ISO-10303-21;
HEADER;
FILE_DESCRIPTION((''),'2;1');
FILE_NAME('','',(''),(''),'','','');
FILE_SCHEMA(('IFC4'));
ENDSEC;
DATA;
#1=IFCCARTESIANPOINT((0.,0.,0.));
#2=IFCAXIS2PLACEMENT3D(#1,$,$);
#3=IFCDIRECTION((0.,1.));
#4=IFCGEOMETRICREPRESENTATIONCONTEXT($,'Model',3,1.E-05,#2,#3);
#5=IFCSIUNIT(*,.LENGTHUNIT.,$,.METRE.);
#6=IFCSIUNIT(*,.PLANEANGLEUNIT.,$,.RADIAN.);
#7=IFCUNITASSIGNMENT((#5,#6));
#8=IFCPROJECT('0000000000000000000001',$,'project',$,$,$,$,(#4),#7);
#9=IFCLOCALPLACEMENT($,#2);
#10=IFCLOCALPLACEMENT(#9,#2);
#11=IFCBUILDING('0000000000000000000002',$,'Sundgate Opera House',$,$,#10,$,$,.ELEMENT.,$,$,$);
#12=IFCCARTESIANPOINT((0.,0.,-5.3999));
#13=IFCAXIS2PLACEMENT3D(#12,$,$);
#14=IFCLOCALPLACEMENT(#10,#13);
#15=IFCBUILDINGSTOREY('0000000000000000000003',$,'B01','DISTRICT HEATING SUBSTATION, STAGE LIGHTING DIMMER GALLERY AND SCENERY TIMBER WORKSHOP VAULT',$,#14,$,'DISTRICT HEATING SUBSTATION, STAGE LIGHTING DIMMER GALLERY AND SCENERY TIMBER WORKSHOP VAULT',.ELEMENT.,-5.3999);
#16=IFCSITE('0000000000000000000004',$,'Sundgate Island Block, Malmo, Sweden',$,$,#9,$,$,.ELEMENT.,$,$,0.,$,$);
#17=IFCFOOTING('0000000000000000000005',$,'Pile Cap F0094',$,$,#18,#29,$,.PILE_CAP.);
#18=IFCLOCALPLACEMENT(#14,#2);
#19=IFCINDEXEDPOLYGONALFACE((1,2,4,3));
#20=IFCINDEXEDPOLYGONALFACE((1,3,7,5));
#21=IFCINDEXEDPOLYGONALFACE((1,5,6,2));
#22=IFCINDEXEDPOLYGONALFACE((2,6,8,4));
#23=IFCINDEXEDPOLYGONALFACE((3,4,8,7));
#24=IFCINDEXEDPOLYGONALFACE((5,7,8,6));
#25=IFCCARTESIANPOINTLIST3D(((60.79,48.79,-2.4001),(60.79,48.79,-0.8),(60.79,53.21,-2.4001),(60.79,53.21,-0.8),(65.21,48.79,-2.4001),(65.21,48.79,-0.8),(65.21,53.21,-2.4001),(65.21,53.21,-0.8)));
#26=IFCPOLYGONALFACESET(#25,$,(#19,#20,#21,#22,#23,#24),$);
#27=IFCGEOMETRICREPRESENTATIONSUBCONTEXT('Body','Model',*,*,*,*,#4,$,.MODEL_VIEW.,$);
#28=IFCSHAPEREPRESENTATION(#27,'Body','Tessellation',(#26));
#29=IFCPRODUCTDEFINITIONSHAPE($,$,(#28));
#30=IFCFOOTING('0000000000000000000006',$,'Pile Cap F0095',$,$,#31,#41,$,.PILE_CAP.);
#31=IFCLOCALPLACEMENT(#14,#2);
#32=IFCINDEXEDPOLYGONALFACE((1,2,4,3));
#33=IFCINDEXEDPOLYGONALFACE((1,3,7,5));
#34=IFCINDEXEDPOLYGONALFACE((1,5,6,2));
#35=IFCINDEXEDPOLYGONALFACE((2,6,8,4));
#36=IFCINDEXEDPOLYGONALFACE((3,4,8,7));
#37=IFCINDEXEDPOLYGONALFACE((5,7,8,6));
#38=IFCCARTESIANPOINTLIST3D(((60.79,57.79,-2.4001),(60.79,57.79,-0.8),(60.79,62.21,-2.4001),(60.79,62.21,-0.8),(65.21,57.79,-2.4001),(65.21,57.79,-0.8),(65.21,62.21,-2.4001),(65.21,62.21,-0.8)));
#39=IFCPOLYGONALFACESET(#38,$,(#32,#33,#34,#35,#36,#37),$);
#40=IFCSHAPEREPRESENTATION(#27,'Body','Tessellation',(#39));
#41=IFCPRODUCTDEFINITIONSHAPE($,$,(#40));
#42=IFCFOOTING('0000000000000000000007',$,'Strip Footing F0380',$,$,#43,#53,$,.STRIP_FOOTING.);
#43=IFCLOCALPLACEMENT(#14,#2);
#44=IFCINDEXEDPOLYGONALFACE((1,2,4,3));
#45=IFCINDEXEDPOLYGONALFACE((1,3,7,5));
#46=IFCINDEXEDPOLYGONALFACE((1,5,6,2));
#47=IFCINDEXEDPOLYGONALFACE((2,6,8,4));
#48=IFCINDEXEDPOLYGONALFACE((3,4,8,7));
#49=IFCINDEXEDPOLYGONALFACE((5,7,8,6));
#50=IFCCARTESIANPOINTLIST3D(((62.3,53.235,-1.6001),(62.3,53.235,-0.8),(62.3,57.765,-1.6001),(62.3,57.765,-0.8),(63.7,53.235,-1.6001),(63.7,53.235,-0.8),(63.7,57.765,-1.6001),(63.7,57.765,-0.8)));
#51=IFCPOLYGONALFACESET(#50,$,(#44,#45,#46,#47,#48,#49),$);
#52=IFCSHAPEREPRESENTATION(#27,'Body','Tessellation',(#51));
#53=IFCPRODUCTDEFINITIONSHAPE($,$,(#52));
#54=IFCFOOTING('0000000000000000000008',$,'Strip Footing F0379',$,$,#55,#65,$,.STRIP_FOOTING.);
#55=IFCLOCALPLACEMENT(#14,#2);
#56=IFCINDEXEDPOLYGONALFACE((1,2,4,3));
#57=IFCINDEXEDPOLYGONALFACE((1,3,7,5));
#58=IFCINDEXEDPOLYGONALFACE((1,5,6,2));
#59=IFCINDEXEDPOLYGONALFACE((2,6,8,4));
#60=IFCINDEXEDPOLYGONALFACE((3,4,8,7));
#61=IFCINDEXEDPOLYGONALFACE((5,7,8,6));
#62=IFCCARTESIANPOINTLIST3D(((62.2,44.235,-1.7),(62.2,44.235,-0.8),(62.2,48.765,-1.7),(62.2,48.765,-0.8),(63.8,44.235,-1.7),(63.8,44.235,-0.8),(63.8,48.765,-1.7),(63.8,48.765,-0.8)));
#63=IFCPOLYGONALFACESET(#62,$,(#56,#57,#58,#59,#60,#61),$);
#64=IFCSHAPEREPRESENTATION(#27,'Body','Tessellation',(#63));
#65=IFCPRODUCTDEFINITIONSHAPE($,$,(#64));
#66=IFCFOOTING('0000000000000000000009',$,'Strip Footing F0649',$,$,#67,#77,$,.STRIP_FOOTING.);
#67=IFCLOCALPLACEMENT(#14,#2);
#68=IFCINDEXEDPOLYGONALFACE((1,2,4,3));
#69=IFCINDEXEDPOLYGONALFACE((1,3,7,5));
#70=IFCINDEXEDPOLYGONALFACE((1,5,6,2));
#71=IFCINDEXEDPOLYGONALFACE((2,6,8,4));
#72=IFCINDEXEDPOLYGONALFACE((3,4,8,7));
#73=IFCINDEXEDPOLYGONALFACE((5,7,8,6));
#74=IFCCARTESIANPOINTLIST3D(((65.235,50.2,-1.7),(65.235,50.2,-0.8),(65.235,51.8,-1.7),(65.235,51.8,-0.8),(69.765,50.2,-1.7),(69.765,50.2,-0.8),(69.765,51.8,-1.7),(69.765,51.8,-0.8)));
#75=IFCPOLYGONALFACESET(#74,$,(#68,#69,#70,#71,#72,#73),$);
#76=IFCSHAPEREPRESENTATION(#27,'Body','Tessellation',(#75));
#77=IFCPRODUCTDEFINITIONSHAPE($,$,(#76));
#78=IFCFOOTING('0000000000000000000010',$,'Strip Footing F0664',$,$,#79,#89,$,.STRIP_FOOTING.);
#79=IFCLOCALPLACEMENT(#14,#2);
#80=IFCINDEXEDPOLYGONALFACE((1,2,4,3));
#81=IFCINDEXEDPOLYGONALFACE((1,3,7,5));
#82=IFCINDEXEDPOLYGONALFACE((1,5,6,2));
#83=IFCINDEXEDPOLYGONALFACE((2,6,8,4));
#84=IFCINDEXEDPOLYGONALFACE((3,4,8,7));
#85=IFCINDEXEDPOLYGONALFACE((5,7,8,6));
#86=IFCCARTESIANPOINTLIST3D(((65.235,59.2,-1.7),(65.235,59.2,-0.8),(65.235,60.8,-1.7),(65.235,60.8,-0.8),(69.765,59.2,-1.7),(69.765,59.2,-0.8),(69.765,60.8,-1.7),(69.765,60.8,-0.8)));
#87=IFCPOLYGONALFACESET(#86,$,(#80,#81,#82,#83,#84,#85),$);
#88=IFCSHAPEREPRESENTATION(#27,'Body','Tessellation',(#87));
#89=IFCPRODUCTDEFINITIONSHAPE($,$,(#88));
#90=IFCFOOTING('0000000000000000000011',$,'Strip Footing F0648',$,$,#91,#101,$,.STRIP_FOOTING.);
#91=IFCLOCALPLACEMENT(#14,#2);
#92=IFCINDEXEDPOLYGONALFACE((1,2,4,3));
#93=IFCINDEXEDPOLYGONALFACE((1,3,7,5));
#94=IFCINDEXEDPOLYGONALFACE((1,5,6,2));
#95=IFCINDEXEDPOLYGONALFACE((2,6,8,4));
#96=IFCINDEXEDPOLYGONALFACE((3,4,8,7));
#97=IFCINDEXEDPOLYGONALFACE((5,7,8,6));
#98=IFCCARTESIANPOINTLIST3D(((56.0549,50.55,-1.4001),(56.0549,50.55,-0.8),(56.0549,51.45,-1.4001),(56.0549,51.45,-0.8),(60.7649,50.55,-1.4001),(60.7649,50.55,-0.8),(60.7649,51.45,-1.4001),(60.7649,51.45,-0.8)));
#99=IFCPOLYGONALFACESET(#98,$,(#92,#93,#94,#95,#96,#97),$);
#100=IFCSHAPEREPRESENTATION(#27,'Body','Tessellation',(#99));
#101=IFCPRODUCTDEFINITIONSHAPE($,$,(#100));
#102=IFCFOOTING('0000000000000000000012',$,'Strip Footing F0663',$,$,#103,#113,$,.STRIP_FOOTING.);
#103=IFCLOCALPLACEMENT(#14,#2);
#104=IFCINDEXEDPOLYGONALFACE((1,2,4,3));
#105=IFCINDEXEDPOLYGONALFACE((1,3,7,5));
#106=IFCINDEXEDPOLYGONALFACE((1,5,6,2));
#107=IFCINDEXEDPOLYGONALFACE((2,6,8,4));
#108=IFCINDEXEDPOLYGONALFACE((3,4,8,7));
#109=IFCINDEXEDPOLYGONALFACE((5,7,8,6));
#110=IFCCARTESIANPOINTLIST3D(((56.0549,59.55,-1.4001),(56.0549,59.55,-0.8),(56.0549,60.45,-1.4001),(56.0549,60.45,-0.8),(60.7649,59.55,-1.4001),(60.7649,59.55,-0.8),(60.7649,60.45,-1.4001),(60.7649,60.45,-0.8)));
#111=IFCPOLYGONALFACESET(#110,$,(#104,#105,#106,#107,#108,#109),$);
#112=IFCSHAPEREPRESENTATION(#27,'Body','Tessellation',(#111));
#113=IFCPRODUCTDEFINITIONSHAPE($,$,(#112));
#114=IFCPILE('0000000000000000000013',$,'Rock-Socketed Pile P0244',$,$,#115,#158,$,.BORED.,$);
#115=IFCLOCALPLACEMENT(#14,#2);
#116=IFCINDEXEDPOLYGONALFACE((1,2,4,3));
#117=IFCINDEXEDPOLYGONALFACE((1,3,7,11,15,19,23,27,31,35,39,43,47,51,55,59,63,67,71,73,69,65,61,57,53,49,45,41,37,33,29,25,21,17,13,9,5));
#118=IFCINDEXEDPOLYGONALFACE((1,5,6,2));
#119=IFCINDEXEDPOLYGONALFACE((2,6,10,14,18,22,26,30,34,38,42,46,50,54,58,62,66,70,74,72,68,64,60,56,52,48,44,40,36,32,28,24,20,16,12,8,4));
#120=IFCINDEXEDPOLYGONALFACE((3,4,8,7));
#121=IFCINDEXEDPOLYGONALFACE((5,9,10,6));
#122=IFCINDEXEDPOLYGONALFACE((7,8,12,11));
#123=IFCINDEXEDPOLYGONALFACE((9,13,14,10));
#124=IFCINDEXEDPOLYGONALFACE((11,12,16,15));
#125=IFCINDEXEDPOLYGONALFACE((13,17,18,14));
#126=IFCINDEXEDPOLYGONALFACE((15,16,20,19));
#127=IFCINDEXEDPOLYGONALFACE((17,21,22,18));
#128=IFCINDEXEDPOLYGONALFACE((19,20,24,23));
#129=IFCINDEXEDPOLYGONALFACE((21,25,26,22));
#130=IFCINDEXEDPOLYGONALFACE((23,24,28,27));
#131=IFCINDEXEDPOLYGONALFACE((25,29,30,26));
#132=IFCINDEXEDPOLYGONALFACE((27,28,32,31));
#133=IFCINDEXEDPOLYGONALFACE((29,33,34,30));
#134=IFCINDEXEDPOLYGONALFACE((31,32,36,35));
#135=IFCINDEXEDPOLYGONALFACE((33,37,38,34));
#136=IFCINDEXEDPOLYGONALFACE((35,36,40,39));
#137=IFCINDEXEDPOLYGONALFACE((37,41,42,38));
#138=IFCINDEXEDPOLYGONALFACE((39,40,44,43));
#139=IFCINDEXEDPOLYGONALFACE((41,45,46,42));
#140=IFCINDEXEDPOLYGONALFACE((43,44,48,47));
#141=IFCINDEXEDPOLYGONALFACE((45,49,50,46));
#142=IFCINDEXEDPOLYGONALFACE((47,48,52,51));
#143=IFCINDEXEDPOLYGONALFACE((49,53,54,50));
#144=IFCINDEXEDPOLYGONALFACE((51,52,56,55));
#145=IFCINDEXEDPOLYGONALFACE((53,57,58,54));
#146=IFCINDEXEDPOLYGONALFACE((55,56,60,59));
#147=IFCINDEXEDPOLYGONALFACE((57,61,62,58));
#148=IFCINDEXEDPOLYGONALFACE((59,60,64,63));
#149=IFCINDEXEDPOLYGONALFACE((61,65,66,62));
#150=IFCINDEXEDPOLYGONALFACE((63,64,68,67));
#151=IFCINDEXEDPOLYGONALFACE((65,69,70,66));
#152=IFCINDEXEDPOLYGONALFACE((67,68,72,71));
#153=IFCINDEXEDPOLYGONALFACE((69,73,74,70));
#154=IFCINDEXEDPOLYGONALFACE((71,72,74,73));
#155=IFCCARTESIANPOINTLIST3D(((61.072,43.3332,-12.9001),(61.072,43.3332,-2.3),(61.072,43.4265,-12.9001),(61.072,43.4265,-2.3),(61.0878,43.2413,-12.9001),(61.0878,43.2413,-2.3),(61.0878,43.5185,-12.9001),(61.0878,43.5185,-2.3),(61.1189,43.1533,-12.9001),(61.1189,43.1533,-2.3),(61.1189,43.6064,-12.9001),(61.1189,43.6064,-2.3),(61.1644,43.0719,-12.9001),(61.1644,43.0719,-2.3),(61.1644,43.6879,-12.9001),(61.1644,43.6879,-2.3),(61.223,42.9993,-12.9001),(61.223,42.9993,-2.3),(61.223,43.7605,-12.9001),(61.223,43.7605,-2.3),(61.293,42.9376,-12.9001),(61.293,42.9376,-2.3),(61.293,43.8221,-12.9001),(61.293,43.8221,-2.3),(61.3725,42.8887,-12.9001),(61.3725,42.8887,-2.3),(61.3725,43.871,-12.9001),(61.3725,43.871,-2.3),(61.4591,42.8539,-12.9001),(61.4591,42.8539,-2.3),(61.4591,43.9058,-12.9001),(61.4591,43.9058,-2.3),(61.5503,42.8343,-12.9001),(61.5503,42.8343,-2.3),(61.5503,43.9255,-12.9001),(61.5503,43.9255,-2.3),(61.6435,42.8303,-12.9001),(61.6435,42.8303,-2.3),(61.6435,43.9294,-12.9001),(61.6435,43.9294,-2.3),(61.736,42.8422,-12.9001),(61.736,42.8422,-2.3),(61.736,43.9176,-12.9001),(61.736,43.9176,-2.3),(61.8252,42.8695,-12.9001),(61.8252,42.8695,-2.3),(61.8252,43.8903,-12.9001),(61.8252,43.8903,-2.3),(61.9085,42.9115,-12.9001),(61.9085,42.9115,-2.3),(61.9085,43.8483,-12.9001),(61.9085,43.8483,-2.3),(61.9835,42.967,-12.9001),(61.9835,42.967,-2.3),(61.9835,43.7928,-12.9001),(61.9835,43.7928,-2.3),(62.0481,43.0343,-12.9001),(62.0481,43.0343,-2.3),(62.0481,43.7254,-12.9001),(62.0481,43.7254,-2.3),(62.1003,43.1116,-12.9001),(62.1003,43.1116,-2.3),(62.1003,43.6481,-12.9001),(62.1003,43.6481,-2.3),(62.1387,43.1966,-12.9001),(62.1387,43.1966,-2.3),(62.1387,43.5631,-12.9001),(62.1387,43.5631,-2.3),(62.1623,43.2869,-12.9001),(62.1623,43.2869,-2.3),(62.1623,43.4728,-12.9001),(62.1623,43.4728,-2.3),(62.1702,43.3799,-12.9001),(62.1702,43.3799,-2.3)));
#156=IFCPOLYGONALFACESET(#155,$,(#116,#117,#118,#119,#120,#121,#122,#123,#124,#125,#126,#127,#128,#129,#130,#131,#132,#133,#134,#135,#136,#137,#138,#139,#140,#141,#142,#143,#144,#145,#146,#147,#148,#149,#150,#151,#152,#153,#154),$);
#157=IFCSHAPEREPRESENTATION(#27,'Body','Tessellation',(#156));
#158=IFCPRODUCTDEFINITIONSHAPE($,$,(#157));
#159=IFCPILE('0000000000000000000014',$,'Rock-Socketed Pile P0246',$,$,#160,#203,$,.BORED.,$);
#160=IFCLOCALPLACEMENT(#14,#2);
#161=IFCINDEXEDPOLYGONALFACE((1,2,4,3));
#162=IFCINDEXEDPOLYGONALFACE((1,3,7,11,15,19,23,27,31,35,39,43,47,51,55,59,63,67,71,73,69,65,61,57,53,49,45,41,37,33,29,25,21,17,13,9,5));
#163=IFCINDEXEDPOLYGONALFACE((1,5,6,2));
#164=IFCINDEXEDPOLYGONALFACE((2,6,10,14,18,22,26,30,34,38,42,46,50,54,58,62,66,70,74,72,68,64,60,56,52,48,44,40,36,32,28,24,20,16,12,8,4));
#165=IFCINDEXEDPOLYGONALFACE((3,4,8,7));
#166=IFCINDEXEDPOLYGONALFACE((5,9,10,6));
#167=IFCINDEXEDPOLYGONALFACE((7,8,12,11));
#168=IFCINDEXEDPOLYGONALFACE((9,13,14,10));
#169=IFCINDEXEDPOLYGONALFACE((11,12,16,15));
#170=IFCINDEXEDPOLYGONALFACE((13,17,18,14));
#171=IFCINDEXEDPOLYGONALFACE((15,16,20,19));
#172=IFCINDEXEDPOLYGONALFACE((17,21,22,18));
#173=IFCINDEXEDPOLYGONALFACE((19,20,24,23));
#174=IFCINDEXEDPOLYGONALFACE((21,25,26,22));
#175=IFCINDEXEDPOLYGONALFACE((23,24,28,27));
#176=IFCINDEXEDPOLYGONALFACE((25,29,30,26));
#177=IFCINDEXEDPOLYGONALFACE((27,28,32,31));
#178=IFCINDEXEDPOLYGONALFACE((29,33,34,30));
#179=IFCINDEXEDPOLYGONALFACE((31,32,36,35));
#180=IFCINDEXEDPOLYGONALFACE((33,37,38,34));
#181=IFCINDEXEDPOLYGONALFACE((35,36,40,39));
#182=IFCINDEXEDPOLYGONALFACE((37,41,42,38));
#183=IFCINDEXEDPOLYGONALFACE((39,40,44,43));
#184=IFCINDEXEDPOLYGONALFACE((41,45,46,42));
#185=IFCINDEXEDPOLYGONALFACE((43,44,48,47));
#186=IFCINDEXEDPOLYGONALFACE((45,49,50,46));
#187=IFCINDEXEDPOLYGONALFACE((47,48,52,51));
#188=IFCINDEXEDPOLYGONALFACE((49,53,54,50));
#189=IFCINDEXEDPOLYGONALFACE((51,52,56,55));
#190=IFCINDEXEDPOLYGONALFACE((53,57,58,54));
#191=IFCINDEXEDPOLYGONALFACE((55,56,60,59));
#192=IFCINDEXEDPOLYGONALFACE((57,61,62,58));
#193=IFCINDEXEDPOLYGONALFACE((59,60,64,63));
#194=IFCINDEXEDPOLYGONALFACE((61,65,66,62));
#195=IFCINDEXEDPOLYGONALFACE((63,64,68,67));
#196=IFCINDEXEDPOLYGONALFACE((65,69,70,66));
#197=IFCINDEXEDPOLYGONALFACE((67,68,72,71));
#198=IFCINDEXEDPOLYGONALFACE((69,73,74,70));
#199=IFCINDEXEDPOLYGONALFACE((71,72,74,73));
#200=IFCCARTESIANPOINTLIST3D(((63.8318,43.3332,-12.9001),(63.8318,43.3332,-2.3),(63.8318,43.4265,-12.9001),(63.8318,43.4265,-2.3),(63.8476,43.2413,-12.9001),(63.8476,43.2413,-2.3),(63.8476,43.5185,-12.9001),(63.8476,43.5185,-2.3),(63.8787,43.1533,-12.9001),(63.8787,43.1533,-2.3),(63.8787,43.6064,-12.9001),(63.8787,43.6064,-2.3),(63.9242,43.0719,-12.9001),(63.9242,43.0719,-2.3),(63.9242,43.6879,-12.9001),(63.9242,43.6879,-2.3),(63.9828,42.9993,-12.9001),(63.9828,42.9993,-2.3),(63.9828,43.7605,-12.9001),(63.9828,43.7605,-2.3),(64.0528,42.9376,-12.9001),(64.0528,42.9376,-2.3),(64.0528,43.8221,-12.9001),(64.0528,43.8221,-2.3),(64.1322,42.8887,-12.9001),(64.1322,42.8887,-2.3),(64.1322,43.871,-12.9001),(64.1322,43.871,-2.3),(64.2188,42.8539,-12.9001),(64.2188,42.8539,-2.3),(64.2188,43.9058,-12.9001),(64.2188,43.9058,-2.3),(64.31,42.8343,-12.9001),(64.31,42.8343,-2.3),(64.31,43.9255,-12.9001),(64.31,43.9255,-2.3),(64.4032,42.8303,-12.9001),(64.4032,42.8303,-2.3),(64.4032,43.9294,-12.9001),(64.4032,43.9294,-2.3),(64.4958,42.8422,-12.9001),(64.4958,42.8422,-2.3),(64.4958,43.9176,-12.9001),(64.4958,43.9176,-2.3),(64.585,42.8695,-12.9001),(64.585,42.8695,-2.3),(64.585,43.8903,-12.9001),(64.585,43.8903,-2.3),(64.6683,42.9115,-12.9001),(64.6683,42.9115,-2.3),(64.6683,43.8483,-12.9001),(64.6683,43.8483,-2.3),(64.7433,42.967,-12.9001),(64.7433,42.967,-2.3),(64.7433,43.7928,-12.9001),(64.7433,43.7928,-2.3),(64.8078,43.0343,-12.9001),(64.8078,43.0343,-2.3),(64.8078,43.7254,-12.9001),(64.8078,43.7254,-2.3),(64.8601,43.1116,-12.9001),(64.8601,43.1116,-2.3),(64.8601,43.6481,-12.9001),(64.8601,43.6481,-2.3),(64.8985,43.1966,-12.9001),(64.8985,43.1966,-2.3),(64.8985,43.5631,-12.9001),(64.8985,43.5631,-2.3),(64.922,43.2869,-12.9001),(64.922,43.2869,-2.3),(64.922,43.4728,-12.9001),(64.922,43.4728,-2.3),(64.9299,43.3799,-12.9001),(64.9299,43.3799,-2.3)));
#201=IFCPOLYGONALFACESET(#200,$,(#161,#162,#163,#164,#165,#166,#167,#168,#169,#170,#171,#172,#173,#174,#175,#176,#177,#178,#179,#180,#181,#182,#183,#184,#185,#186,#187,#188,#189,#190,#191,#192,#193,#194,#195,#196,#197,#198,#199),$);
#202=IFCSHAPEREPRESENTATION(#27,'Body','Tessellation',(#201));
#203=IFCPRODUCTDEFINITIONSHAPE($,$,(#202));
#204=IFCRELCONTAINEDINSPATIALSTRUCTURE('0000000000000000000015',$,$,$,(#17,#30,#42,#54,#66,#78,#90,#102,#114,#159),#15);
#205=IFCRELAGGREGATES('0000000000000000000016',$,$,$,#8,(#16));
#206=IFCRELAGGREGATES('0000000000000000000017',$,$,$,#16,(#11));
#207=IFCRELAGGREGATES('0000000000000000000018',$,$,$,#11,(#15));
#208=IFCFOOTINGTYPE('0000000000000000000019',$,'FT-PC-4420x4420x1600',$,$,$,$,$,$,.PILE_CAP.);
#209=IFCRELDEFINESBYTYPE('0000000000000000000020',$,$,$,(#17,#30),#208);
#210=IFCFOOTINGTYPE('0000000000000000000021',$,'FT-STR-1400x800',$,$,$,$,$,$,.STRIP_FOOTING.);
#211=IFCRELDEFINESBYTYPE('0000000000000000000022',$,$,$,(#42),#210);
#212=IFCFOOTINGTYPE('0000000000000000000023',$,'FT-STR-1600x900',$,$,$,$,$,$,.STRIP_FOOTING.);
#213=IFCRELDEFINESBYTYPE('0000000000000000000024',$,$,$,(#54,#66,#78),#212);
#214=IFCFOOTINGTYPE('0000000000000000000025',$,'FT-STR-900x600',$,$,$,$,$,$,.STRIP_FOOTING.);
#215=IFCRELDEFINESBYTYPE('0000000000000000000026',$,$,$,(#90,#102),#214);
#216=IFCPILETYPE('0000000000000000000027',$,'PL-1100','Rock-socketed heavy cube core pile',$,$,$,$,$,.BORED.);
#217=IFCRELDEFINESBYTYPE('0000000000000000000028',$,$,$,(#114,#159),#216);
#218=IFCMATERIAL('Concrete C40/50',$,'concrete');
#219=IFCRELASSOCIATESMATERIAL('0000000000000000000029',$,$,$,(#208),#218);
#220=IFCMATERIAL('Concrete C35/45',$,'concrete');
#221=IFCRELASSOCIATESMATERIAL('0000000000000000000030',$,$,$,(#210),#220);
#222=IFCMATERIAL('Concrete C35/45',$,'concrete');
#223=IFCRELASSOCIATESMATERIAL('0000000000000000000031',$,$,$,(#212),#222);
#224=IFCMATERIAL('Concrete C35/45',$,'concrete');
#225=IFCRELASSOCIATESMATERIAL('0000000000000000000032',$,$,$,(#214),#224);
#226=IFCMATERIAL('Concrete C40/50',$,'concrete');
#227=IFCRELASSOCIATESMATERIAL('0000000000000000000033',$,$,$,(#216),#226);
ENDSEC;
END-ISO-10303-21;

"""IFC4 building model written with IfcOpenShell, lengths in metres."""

from ifc_helpers import new_model, si_unit, direction, frame, origin, origin_2d, place, context, subcontext, project, spatial, rectangle, circle, extrude, material, material_profile, profile_set, type_object, element, save


model = new_model("IFC4")

# Units and contexts
model_context = context("Model", 3, precision=1e-05, world=origin(), true_north=direction((0.0, 1.0)))
body_context = subcontext(model_context, "Body", "Model", "MODEL_VIEW")
ifc_project = project(units=[si_unit("LENGTHUNIT", "METRE"), si_unit("PLANEANGLEUNIT", "RADIAN")], contexts=[model_context])

# Site, building, storey
site_placement = place(None, origin())
site = spatial("IfcSite", under=ifc_project, at=site_placement, Name="Sundgate Island Block, Malmo, Sweden", CompositionType="ELEMENT", RefElevation=0.0)
building_placement = place(site_placement, origin())
building = spatial("IfcBuilding", under=site, at=building_placement, Name="Sundgate Opera House", CompositionType="ELEMENT")
storey_placement = place(building_placement, frame((0.0, 0.0, -5.3999)))
storey = spatial("IfcBuildingStorey", under=building, at=storey_placement, Name="B01", Description="DISTRICT HEATING SUBSTATION, STAGE LIGHTING DIMMER GALLERY AND SCENERY TIMBER WORKSHOP VAULT", LongName="DISTRICT HEATING SUBSTATION, STAGE LIGHTING DIMMER GALLERY AND SCENERY TIMBER WORKSHOP VAULT", CompositionType="ELEMENT", Elevation=-5.3999)

# Footings
ifc_material_1 = material(Name="Concrete C40/50", Category="concrete")
footing_type_1 = type_object("IfcFootingType", Name="FT-PC-4420x4420x1600", PredefinedType="PILE_CAP", material=ifc_material_1)
for number, where, z_axis, x_axis, name in (
    (1, (63.0, 51.0, -2.4001), (0.0, 0.0, 1.0), (1.0, 0.0, 0.0), "Pile Cap F0094"),
    (2, (63.0, 60.0, -2.4001), (0.0, 0.0, 1.0), (1.0, 0.0, 0.0), "Pile Cap F0095"),
):
    element("IfcFooting", number, at=place(storey_placement, frame(where, z_axis=z_axis, x_axis=x_axis)), inside=storey, type_object=footing_type_1, Name=name, PredefinedType="PILE_CAP", context=body_context, shape_type="SweptSolid", body=[
        extrude(rectangle(XDim=4.4199, YDim=4.4199, at=origin_2d()), origin(), (0.0, 0.0, 1.0), 1.6001),
    ])
ifc_material_2 = material(Name="Concrete C35/45", Category="concrete")
footing_type_2 = type_object("IfcFootingType", Name="FT-STR-1400x800", PredefinedType="STRIP_FOOTING", material=ifc_material_2)
footing_1_placement = place(storey_placement, frame((63.0, 55.5, -1.6001), z_axis=(0.0, 0.0, 1.0), x_axis=(1.0, 0.0, 0.0)))
element("IfcFooting", 3, at=footing_1_placement, inside=storey, type_object=footing_type_2, Name="Strip Footing F0380", PredefinedType="STRIP_FOOTING", context=body_context, shape_type="SweptSolid", body=[
    extrude(rectangle(XDim=1.3999, YDim=4.53, at=origin_2d()), origin(), (0.0, 0.0, 1.0), 0.8),
])
ifc_material_3 = material(Name="Concrete C35/45", Category="concrete")
footing_type_3 = type_object("IfcFootingType", Name="FT-STR-1600x900", PredefinedType="STRIP_FOOTING", material=ifc_material_3)
footing_2_placement = place(storey_placement, frame((63.0, 46.5, -1.7), z_axis=(0.0, 0.0, 1.0), x_axis=(1.0, 0.0, 0.0)))
element("IfcFooting", 4, at=footing_2_placement, inside=storey, type_object=footing_type_3, Name="Strip Footing F0379", PredefinedType="STRIP_FOOTING", context=body_context, shape_type="SweptSolid", body=[
    extrude(rectangle(XDim=1.6001, YDim=4.53, at=origin_2d()), origin(), (0.0, 0.0, 1.0), 0.8999),
])
for number, where, z_axis, x_axis, name in (
    (5, (67.5, 51.0, -1.7), (0.0, 0.0, 1.0), (1.0, 0.0, 0.0), "Strip Footing F0649"),
    (6, (67.5, 60.0, -1.7), (0.0, 0.0, 1.0), (1.0, 0.0, 0.0), "Strip Footing F0664"),
):
    element("IfcFooting", number, at=place(storey_placement, frame(where, z_axis=z_axis, x_axis=x_axis)), inside=storey, type_object=footing_type_3, Name=name, PredefinedType="STRIP_FOOTING", context=body_context, shape_type="SweptSolid", body=[
        extrude(rectangle(XDim=4.53, YDim=1.6001, at=origin_2d()), origin(), (0.0, 0.0, 1.0), 0.8999),
    ])
ifc_material_4 = material(Name="Concrete C35/45", Category="concrete")
footing_type_4 = type_object("IfcFootingType", Name="FT-STR-900x600", PredefinedType="STRIP_FOOTING", material=ifc_material_4)
for number, where, z_axis, x_axis, name in (
    (7, (58.4099, 51.0, -1.4001), (0.0, 0.0, 1.0), (1.0, 0.0, 0.0), "Strip Footing F0648"),
    (8, (58.4099, 60.0, -1.4001), (0.0, 0.0, 1.0), (1.0, 0.0, 0.0), "Strip Footing F0663"),
):
    element("IfcFooting", number, at=place(storey_placement, frame(where, z_axis=z_axis, x_axis=x_axis)), inside=storey, type_object=footing_type_4, Name=name, PredefinedType="STRIP_FOOTING", context=body_context, shape_type="SweptSolid", body=[
        extrude(rectangle(XDim=4.71, YDim=0.8999, at=origin_2d()), origin(), (0.0, 0.0, 1.0), 0.6001),
    ])

# Piles
ifc_material_5 = material(Name="Concrete C40/50", Category="concrete")
ifc_material_profile_1 = material_profile(ifc_material_5, circle(Radius=0.55, at=origin_2d()), Name="PILE D1100")
ifc_profile_set_1 = profile_set([ifc_material_profile_1], Name="Concrete C40/50")
pile_type = type_object("IfcPileType", Name="PL-1100", Description="Rock-socketed heavy cube core pile", PredefinedType="BORED", material=ifc_profile_set_1)
for number, where, z_axis, x_axis, name in (
    (9, (61.6201, 43.3799, -2.3), (0.0, 0.0, -1.0), (1.0, 0.0, 0.0), "Rock-Socketed Pile P0244"),
    (10, (64.3799, 43.3799, -2.3), (0.0, 0.0, -1.0), (1.0, 0.0, 0.0), "Rock-Socketed Pile P0246"),
):
    element("IfcPile", number, at=place(storey_placement, frame(where, z_axis=z_axis, x_axis=x_axis)), inside=storey, type_object=pile_type, Name=name, PredefinedType="BORED", context=body_context, shape_type="SweptSolid", body=[
        extrude(circle(Radius=0.55, at=origin_2d()), origin(), (0.0, 0.0, 1.0), 10.6001),
    ])

save(model, "model.ifc")
